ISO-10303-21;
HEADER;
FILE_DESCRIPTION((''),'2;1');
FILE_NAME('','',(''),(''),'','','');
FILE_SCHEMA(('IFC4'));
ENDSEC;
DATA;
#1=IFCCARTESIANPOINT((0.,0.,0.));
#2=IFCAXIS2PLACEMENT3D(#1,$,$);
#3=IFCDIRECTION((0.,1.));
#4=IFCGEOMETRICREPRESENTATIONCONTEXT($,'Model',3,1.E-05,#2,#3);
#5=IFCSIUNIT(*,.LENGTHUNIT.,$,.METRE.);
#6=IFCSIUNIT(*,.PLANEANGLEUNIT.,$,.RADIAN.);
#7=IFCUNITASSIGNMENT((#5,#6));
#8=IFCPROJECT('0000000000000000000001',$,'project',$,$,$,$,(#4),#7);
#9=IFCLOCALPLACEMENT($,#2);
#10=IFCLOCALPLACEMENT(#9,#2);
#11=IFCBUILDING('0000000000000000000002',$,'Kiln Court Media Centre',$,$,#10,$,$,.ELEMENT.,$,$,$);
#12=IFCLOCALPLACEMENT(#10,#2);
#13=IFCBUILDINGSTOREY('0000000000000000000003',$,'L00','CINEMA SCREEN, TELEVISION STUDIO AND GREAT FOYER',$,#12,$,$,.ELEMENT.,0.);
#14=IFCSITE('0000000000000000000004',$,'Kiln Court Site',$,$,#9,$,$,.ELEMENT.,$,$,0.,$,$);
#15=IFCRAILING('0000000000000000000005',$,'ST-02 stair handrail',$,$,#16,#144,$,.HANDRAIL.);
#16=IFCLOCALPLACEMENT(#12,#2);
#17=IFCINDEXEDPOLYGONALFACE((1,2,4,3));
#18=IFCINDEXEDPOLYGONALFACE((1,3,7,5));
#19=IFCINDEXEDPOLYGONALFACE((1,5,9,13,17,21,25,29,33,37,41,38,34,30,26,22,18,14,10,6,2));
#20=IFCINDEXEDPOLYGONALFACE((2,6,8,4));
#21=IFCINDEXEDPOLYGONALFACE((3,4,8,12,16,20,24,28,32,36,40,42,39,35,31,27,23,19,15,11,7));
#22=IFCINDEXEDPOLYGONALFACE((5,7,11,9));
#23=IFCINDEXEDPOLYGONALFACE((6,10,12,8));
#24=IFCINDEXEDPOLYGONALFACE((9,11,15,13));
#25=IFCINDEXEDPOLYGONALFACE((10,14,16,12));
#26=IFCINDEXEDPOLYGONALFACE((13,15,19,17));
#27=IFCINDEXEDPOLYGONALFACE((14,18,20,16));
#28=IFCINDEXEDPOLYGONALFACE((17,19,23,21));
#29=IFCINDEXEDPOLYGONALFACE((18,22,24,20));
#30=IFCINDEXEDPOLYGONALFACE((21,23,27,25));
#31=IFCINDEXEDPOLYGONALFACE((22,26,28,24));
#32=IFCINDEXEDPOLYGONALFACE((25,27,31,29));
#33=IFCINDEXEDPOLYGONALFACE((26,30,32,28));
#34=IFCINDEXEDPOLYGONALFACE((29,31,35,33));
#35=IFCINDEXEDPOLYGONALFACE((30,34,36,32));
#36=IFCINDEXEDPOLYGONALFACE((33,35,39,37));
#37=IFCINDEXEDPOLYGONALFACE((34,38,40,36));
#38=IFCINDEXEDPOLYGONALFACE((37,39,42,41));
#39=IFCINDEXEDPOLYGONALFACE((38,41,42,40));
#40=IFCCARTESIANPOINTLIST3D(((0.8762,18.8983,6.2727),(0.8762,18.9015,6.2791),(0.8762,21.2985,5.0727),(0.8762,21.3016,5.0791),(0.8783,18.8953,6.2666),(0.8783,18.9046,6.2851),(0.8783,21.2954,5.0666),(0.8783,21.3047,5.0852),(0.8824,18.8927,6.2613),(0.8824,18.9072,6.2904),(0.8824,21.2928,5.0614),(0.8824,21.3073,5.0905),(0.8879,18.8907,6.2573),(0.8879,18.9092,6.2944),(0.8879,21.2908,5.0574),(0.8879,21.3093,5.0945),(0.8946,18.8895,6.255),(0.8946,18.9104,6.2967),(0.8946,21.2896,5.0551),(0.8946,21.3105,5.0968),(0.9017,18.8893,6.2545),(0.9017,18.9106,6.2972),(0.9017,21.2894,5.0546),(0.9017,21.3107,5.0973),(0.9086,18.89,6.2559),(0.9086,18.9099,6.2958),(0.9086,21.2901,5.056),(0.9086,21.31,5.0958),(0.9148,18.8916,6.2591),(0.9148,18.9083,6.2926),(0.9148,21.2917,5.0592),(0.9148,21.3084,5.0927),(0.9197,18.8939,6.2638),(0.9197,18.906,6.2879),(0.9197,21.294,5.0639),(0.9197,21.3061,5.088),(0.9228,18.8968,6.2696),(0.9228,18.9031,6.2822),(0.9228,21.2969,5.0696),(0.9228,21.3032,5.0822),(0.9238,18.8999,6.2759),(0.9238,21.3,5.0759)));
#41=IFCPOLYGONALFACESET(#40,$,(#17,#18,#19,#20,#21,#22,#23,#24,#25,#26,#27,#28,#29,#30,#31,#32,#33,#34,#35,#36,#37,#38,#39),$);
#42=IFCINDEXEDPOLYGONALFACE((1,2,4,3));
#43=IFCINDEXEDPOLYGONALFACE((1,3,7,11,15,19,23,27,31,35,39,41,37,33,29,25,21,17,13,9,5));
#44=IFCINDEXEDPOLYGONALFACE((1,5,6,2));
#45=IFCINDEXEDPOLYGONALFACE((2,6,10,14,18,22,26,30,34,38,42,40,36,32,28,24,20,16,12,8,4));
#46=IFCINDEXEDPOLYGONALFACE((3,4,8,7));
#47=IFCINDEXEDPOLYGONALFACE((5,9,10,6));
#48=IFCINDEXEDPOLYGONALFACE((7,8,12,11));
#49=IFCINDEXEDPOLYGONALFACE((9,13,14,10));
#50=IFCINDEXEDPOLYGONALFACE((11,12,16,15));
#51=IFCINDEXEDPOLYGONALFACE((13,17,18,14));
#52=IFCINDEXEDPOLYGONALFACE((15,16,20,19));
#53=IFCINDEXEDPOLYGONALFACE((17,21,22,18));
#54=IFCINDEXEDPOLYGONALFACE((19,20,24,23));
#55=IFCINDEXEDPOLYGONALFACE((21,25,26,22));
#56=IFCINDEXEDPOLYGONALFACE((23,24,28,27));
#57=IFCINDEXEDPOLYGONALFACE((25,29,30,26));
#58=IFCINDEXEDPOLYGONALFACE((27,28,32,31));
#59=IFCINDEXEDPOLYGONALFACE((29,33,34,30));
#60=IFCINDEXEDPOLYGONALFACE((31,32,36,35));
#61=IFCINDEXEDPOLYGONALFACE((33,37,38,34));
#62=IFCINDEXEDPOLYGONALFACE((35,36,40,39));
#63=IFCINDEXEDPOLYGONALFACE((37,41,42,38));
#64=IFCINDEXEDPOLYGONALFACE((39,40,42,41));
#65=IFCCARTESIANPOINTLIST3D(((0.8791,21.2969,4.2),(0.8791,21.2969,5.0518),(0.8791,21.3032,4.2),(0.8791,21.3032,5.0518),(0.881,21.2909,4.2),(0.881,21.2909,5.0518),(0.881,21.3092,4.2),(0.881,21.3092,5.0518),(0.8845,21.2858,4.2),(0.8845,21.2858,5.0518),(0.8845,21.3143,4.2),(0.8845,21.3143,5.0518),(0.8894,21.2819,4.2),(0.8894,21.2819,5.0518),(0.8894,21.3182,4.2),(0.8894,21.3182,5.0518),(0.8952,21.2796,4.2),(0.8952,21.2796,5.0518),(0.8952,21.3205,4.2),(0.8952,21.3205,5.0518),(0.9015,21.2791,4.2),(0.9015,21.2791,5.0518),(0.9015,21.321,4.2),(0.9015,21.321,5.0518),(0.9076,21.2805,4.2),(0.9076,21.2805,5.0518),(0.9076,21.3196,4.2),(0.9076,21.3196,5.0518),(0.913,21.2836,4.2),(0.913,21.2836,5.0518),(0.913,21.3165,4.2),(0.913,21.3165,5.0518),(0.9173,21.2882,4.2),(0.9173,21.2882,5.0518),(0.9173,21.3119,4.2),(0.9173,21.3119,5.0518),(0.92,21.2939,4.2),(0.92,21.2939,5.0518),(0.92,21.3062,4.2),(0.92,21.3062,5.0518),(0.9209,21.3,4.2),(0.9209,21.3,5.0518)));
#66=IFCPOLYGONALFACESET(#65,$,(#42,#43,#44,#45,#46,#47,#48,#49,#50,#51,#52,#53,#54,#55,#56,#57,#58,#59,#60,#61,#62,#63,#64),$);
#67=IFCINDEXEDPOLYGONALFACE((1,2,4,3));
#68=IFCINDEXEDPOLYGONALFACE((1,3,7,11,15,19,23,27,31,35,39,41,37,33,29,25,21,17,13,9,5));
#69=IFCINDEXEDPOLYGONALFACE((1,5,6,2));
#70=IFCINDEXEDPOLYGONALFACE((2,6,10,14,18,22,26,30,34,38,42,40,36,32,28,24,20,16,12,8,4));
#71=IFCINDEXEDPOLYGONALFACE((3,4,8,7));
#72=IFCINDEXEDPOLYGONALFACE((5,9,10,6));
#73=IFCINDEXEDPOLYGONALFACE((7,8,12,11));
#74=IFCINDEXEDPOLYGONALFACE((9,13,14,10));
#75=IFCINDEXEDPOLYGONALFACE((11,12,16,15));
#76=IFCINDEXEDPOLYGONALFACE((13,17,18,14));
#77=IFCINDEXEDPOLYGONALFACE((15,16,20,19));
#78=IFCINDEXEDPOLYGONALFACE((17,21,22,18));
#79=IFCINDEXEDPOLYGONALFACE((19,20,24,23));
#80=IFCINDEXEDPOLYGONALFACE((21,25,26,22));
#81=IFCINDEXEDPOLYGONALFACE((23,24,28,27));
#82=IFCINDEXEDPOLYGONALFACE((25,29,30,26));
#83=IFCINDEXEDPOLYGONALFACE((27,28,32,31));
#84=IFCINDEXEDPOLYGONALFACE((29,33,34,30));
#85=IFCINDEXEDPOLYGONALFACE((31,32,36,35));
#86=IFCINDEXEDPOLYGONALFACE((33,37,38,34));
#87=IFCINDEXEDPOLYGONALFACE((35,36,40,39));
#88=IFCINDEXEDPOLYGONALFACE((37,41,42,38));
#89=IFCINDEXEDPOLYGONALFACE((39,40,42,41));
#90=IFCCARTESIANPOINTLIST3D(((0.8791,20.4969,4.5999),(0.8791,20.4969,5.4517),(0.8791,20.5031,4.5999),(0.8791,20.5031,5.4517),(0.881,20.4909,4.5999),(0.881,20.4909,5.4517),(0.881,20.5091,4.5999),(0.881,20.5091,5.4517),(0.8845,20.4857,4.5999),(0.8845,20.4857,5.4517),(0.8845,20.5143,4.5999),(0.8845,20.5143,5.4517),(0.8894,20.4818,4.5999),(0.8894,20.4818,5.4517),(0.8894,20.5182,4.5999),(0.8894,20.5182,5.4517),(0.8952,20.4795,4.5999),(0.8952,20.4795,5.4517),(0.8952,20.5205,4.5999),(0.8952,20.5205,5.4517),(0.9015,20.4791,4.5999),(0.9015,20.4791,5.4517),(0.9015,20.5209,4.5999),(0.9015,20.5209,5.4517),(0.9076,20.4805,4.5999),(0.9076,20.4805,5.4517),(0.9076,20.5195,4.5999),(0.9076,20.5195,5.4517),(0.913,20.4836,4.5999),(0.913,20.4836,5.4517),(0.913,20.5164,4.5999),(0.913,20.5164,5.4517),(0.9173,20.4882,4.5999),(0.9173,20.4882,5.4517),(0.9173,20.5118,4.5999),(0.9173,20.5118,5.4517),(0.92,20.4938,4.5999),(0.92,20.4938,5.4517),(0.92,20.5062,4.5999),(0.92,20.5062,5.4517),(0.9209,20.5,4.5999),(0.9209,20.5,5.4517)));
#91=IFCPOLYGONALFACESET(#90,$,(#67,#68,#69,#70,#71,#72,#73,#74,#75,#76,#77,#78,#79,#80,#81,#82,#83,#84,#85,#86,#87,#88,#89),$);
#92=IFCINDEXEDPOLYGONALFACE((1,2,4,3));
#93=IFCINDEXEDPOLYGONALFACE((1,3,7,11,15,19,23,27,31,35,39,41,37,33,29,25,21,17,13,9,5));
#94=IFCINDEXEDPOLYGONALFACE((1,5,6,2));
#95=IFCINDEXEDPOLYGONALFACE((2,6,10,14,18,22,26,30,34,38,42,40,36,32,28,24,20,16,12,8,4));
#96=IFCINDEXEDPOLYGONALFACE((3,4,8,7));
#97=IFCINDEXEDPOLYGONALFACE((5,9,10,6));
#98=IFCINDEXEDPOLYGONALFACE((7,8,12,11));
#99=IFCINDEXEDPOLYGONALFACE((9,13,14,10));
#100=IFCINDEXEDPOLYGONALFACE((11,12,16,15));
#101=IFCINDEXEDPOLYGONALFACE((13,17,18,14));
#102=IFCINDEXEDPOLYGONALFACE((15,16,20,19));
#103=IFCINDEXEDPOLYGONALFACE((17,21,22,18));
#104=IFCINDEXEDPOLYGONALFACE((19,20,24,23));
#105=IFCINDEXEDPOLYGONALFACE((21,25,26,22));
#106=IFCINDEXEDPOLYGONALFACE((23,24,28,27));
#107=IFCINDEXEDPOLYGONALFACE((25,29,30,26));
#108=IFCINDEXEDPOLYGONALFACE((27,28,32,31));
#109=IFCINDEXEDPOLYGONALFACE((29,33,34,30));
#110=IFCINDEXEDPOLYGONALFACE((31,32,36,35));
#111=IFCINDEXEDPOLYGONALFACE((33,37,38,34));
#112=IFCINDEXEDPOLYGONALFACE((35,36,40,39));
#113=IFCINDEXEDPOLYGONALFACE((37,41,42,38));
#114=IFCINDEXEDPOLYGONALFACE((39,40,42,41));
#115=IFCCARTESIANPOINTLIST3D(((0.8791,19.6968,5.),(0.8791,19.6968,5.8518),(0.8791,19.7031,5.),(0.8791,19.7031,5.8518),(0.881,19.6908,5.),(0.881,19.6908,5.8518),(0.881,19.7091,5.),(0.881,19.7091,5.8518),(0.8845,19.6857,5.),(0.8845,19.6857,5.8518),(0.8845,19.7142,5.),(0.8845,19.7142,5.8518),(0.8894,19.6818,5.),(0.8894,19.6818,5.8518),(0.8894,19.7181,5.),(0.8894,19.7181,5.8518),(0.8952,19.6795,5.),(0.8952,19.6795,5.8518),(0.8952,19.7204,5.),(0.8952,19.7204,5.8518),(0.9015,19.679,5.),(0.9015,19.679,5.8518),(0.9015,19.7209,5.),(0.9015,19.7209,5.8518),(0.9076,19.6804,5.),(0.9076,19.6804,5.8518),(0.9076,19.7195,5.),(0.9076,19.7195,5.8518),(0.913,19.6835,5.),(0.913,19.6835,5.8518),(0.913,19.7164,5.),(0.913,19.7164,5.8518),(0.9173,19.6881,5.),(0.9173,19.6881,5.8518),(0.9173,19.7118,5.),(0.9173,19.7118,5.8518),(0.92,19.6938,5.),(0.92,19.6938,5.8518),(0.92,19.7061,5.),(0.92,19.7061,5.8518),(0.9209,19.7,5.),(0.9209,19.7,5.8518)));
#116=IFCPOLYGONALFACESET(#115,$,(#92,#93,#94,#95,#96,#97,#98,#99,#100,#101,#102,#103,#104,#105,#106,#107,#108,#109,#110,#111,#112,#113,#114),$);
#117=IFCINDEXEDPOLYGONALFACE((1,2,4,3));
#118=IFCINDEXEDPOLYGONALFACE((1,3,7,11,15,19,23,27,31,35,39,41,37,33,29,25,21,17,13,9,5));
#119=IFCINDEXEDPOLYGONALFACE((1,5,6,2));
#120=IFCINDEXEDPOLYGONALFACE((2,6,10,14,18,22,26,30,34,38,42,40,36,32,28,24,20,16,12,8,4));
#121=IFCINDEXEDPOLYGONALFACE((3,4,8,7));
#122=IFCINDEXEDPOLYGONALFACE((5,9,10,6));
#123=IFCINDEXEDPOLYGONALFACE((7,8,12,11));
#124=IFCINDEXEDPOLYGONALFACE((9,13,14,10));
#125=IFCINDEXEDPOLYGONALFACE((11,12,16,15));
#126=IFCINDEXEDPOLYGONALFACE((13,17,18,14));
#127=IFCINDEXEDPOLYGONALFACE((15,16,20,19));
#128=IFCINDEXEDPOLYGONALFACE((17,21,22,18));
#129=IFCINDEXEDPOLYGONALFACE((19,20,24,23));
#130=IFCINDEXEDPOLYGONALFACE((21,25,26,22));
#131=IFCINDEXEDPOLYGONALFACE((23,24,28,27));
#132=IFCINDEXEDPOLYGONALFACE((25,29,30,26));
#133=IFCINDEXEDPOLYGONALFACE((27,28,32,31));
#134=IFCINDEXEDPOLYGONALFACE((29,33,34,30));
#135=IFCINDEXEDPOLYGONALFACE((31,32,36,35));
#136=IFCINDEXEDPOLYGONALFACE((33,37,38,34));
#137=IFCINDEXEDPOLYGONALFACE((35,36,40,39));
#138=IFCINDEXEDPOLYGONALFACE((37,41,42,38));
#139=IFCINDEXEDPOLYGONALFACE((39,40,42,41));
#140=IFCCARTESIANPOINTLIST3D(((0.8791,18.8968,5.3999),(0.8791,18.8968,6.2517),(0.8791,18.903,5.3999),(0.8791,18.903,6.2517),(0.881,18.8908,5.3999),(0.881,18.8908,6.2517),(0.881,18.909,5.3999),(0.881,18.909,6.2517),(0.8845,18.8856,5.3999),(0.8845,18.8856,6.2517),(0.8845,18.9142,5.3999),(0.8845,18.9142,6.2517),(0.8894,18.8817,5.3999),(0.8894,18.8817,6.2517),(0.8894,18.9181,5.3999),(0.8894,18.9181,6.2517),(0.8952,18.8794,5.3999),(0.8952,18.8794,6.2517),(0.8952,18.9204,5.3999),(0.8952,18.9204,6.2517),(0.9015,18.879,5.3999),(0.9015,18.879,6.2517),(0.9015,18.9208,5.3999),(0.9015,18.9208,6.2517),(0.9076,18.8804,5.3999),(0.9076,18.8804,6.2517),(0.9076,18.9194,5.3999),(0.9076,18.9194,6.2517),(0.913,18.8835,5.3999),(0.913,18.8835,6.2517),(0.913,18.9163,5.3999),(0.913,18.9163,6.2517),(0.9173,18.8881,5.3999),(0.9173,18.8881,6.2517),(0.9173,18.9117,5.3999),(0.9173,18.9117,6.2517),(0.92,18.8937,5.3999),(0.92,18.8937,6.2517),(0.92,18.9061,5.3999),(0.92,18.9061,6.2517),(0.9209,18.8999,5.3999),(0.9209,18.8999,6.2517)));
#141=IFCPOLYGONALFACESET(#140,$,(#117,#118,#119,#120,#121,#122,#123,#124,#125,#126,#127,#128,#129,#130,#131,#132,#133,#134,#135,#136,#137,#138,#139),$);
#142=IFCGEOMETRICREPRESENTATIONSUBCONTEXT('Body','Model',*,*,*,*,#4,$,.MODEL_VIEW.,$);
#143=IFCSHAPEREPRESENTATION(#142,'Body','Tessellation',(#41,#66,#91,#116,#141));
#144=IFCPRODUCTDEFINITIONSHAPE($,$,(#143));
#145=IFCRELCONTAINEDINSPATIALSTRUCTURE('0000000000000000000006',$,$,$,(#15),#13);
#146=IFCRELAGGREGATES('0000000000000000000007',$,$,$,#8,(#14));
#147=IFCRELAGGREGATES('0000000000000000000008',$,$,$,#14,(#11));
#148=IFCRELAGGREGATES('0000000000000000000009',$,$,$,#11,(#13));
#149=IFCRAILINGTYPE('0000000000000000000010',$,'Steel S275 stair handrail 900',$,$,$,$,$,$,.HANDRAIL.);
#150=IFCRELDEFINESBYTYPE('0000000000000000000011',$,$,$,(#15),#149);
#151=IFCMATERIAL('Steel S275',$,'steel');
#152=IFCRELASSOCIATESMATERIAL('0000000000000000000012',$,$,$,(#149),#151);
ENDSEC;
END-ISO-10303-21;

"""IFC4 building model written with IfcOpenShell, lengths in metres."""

from ifc_helpers import new_model, si_unit, direction, frame, origin, origin_2d, place, context, subcontext, project, spatial, circle, extrude, material, type_object, element, save


model = new_model("IFC4")

# Units and contexts
model_context = context("Model", 3, precision=1e-05, world=origin(), true_north=direction((0.0, 1.0)))
body_context = subcontext(model_context, "Body", "Model", "MODEL_VIEW")
ifc_project = project(units=[si_unit("LENGTHUNIT", "METRE"), si_unit("PLANEANGLEUNIT", "RADIAN")], contexts=[model_context])

# Site, building, storey
site_placement = place(None, origin())
site = spatial("IfcSite", under=ifc_project, at=site_placement, Name="Kiln Court Site", CompositionType="ELEMENT", RefElevation=0.0)
building_placement = place(site_placement, origin())
building = spatial("IfcBuilding", under=site, at=building_placement, Name="Kiln Court Media Centre", CompositionType="ELEMENT")
storey_placement = place(building_placement, origin())
storey = spatial("IfcBuildingStorey", under=building, at=storey_placement, Name="L00", Description="CINEMA SCREEN, TELEVISION STUDIO AND GREAT FOYER", CompositionType="ELEMENT", Elevation=0.0)

# Railing
ifc_material_1 = material(Name="Steel S275", Category="steel")
railing_type_1 = type_object("IfcRailingType", Name="Steel S275 stair handrail 900", PredefinedType="HANDRAIL", material=ifc_material_1)
railing_1_placement = place(storey_placement, frame((0.8999, 21.3, 4.2)))
element("IfcRailing", 1, at=railing_1_placement, inside=storey, type_object=railing_type_1, Name="ST-02 stair handrail", PredefinedType="HANDRAIL", context=body_context, shape_type="SweptSolid", body=[
    extrude(circle(Radius=0.0239, at=origin_2d()), frame((0.0, 0.0, 0.876), z_axis=(0.0, -0.894445, 0.447177), x_axis=(1.0, 0.0, 0.0)), (0.0, 0.0, 1.0), 2.6833),
    extrude(circle(Radius=0.021, at=origin_2d()), origin(), (0.0, 0.0, 1.0), 0.8518),
    extrude(circle(Radius=0.021, at=origin_2d()), frame((0.0, -0.8, 0.3999)), (0.0, 0.0, 1.0), 0.8518),
    extrude(circle(Radius=0.021, at=origin_2d()), frame((0.0, -1.6001, 0.8)), (0.0, 0.0, 1.0), 0.8518),
    extrude(circle(Radius=0.021, at=origin_2d()), frame((0.0, -2.4001, 1.2)), (0.0, 0.0, 1.0), 0.8518),
])

save(model, "model.ifc")
